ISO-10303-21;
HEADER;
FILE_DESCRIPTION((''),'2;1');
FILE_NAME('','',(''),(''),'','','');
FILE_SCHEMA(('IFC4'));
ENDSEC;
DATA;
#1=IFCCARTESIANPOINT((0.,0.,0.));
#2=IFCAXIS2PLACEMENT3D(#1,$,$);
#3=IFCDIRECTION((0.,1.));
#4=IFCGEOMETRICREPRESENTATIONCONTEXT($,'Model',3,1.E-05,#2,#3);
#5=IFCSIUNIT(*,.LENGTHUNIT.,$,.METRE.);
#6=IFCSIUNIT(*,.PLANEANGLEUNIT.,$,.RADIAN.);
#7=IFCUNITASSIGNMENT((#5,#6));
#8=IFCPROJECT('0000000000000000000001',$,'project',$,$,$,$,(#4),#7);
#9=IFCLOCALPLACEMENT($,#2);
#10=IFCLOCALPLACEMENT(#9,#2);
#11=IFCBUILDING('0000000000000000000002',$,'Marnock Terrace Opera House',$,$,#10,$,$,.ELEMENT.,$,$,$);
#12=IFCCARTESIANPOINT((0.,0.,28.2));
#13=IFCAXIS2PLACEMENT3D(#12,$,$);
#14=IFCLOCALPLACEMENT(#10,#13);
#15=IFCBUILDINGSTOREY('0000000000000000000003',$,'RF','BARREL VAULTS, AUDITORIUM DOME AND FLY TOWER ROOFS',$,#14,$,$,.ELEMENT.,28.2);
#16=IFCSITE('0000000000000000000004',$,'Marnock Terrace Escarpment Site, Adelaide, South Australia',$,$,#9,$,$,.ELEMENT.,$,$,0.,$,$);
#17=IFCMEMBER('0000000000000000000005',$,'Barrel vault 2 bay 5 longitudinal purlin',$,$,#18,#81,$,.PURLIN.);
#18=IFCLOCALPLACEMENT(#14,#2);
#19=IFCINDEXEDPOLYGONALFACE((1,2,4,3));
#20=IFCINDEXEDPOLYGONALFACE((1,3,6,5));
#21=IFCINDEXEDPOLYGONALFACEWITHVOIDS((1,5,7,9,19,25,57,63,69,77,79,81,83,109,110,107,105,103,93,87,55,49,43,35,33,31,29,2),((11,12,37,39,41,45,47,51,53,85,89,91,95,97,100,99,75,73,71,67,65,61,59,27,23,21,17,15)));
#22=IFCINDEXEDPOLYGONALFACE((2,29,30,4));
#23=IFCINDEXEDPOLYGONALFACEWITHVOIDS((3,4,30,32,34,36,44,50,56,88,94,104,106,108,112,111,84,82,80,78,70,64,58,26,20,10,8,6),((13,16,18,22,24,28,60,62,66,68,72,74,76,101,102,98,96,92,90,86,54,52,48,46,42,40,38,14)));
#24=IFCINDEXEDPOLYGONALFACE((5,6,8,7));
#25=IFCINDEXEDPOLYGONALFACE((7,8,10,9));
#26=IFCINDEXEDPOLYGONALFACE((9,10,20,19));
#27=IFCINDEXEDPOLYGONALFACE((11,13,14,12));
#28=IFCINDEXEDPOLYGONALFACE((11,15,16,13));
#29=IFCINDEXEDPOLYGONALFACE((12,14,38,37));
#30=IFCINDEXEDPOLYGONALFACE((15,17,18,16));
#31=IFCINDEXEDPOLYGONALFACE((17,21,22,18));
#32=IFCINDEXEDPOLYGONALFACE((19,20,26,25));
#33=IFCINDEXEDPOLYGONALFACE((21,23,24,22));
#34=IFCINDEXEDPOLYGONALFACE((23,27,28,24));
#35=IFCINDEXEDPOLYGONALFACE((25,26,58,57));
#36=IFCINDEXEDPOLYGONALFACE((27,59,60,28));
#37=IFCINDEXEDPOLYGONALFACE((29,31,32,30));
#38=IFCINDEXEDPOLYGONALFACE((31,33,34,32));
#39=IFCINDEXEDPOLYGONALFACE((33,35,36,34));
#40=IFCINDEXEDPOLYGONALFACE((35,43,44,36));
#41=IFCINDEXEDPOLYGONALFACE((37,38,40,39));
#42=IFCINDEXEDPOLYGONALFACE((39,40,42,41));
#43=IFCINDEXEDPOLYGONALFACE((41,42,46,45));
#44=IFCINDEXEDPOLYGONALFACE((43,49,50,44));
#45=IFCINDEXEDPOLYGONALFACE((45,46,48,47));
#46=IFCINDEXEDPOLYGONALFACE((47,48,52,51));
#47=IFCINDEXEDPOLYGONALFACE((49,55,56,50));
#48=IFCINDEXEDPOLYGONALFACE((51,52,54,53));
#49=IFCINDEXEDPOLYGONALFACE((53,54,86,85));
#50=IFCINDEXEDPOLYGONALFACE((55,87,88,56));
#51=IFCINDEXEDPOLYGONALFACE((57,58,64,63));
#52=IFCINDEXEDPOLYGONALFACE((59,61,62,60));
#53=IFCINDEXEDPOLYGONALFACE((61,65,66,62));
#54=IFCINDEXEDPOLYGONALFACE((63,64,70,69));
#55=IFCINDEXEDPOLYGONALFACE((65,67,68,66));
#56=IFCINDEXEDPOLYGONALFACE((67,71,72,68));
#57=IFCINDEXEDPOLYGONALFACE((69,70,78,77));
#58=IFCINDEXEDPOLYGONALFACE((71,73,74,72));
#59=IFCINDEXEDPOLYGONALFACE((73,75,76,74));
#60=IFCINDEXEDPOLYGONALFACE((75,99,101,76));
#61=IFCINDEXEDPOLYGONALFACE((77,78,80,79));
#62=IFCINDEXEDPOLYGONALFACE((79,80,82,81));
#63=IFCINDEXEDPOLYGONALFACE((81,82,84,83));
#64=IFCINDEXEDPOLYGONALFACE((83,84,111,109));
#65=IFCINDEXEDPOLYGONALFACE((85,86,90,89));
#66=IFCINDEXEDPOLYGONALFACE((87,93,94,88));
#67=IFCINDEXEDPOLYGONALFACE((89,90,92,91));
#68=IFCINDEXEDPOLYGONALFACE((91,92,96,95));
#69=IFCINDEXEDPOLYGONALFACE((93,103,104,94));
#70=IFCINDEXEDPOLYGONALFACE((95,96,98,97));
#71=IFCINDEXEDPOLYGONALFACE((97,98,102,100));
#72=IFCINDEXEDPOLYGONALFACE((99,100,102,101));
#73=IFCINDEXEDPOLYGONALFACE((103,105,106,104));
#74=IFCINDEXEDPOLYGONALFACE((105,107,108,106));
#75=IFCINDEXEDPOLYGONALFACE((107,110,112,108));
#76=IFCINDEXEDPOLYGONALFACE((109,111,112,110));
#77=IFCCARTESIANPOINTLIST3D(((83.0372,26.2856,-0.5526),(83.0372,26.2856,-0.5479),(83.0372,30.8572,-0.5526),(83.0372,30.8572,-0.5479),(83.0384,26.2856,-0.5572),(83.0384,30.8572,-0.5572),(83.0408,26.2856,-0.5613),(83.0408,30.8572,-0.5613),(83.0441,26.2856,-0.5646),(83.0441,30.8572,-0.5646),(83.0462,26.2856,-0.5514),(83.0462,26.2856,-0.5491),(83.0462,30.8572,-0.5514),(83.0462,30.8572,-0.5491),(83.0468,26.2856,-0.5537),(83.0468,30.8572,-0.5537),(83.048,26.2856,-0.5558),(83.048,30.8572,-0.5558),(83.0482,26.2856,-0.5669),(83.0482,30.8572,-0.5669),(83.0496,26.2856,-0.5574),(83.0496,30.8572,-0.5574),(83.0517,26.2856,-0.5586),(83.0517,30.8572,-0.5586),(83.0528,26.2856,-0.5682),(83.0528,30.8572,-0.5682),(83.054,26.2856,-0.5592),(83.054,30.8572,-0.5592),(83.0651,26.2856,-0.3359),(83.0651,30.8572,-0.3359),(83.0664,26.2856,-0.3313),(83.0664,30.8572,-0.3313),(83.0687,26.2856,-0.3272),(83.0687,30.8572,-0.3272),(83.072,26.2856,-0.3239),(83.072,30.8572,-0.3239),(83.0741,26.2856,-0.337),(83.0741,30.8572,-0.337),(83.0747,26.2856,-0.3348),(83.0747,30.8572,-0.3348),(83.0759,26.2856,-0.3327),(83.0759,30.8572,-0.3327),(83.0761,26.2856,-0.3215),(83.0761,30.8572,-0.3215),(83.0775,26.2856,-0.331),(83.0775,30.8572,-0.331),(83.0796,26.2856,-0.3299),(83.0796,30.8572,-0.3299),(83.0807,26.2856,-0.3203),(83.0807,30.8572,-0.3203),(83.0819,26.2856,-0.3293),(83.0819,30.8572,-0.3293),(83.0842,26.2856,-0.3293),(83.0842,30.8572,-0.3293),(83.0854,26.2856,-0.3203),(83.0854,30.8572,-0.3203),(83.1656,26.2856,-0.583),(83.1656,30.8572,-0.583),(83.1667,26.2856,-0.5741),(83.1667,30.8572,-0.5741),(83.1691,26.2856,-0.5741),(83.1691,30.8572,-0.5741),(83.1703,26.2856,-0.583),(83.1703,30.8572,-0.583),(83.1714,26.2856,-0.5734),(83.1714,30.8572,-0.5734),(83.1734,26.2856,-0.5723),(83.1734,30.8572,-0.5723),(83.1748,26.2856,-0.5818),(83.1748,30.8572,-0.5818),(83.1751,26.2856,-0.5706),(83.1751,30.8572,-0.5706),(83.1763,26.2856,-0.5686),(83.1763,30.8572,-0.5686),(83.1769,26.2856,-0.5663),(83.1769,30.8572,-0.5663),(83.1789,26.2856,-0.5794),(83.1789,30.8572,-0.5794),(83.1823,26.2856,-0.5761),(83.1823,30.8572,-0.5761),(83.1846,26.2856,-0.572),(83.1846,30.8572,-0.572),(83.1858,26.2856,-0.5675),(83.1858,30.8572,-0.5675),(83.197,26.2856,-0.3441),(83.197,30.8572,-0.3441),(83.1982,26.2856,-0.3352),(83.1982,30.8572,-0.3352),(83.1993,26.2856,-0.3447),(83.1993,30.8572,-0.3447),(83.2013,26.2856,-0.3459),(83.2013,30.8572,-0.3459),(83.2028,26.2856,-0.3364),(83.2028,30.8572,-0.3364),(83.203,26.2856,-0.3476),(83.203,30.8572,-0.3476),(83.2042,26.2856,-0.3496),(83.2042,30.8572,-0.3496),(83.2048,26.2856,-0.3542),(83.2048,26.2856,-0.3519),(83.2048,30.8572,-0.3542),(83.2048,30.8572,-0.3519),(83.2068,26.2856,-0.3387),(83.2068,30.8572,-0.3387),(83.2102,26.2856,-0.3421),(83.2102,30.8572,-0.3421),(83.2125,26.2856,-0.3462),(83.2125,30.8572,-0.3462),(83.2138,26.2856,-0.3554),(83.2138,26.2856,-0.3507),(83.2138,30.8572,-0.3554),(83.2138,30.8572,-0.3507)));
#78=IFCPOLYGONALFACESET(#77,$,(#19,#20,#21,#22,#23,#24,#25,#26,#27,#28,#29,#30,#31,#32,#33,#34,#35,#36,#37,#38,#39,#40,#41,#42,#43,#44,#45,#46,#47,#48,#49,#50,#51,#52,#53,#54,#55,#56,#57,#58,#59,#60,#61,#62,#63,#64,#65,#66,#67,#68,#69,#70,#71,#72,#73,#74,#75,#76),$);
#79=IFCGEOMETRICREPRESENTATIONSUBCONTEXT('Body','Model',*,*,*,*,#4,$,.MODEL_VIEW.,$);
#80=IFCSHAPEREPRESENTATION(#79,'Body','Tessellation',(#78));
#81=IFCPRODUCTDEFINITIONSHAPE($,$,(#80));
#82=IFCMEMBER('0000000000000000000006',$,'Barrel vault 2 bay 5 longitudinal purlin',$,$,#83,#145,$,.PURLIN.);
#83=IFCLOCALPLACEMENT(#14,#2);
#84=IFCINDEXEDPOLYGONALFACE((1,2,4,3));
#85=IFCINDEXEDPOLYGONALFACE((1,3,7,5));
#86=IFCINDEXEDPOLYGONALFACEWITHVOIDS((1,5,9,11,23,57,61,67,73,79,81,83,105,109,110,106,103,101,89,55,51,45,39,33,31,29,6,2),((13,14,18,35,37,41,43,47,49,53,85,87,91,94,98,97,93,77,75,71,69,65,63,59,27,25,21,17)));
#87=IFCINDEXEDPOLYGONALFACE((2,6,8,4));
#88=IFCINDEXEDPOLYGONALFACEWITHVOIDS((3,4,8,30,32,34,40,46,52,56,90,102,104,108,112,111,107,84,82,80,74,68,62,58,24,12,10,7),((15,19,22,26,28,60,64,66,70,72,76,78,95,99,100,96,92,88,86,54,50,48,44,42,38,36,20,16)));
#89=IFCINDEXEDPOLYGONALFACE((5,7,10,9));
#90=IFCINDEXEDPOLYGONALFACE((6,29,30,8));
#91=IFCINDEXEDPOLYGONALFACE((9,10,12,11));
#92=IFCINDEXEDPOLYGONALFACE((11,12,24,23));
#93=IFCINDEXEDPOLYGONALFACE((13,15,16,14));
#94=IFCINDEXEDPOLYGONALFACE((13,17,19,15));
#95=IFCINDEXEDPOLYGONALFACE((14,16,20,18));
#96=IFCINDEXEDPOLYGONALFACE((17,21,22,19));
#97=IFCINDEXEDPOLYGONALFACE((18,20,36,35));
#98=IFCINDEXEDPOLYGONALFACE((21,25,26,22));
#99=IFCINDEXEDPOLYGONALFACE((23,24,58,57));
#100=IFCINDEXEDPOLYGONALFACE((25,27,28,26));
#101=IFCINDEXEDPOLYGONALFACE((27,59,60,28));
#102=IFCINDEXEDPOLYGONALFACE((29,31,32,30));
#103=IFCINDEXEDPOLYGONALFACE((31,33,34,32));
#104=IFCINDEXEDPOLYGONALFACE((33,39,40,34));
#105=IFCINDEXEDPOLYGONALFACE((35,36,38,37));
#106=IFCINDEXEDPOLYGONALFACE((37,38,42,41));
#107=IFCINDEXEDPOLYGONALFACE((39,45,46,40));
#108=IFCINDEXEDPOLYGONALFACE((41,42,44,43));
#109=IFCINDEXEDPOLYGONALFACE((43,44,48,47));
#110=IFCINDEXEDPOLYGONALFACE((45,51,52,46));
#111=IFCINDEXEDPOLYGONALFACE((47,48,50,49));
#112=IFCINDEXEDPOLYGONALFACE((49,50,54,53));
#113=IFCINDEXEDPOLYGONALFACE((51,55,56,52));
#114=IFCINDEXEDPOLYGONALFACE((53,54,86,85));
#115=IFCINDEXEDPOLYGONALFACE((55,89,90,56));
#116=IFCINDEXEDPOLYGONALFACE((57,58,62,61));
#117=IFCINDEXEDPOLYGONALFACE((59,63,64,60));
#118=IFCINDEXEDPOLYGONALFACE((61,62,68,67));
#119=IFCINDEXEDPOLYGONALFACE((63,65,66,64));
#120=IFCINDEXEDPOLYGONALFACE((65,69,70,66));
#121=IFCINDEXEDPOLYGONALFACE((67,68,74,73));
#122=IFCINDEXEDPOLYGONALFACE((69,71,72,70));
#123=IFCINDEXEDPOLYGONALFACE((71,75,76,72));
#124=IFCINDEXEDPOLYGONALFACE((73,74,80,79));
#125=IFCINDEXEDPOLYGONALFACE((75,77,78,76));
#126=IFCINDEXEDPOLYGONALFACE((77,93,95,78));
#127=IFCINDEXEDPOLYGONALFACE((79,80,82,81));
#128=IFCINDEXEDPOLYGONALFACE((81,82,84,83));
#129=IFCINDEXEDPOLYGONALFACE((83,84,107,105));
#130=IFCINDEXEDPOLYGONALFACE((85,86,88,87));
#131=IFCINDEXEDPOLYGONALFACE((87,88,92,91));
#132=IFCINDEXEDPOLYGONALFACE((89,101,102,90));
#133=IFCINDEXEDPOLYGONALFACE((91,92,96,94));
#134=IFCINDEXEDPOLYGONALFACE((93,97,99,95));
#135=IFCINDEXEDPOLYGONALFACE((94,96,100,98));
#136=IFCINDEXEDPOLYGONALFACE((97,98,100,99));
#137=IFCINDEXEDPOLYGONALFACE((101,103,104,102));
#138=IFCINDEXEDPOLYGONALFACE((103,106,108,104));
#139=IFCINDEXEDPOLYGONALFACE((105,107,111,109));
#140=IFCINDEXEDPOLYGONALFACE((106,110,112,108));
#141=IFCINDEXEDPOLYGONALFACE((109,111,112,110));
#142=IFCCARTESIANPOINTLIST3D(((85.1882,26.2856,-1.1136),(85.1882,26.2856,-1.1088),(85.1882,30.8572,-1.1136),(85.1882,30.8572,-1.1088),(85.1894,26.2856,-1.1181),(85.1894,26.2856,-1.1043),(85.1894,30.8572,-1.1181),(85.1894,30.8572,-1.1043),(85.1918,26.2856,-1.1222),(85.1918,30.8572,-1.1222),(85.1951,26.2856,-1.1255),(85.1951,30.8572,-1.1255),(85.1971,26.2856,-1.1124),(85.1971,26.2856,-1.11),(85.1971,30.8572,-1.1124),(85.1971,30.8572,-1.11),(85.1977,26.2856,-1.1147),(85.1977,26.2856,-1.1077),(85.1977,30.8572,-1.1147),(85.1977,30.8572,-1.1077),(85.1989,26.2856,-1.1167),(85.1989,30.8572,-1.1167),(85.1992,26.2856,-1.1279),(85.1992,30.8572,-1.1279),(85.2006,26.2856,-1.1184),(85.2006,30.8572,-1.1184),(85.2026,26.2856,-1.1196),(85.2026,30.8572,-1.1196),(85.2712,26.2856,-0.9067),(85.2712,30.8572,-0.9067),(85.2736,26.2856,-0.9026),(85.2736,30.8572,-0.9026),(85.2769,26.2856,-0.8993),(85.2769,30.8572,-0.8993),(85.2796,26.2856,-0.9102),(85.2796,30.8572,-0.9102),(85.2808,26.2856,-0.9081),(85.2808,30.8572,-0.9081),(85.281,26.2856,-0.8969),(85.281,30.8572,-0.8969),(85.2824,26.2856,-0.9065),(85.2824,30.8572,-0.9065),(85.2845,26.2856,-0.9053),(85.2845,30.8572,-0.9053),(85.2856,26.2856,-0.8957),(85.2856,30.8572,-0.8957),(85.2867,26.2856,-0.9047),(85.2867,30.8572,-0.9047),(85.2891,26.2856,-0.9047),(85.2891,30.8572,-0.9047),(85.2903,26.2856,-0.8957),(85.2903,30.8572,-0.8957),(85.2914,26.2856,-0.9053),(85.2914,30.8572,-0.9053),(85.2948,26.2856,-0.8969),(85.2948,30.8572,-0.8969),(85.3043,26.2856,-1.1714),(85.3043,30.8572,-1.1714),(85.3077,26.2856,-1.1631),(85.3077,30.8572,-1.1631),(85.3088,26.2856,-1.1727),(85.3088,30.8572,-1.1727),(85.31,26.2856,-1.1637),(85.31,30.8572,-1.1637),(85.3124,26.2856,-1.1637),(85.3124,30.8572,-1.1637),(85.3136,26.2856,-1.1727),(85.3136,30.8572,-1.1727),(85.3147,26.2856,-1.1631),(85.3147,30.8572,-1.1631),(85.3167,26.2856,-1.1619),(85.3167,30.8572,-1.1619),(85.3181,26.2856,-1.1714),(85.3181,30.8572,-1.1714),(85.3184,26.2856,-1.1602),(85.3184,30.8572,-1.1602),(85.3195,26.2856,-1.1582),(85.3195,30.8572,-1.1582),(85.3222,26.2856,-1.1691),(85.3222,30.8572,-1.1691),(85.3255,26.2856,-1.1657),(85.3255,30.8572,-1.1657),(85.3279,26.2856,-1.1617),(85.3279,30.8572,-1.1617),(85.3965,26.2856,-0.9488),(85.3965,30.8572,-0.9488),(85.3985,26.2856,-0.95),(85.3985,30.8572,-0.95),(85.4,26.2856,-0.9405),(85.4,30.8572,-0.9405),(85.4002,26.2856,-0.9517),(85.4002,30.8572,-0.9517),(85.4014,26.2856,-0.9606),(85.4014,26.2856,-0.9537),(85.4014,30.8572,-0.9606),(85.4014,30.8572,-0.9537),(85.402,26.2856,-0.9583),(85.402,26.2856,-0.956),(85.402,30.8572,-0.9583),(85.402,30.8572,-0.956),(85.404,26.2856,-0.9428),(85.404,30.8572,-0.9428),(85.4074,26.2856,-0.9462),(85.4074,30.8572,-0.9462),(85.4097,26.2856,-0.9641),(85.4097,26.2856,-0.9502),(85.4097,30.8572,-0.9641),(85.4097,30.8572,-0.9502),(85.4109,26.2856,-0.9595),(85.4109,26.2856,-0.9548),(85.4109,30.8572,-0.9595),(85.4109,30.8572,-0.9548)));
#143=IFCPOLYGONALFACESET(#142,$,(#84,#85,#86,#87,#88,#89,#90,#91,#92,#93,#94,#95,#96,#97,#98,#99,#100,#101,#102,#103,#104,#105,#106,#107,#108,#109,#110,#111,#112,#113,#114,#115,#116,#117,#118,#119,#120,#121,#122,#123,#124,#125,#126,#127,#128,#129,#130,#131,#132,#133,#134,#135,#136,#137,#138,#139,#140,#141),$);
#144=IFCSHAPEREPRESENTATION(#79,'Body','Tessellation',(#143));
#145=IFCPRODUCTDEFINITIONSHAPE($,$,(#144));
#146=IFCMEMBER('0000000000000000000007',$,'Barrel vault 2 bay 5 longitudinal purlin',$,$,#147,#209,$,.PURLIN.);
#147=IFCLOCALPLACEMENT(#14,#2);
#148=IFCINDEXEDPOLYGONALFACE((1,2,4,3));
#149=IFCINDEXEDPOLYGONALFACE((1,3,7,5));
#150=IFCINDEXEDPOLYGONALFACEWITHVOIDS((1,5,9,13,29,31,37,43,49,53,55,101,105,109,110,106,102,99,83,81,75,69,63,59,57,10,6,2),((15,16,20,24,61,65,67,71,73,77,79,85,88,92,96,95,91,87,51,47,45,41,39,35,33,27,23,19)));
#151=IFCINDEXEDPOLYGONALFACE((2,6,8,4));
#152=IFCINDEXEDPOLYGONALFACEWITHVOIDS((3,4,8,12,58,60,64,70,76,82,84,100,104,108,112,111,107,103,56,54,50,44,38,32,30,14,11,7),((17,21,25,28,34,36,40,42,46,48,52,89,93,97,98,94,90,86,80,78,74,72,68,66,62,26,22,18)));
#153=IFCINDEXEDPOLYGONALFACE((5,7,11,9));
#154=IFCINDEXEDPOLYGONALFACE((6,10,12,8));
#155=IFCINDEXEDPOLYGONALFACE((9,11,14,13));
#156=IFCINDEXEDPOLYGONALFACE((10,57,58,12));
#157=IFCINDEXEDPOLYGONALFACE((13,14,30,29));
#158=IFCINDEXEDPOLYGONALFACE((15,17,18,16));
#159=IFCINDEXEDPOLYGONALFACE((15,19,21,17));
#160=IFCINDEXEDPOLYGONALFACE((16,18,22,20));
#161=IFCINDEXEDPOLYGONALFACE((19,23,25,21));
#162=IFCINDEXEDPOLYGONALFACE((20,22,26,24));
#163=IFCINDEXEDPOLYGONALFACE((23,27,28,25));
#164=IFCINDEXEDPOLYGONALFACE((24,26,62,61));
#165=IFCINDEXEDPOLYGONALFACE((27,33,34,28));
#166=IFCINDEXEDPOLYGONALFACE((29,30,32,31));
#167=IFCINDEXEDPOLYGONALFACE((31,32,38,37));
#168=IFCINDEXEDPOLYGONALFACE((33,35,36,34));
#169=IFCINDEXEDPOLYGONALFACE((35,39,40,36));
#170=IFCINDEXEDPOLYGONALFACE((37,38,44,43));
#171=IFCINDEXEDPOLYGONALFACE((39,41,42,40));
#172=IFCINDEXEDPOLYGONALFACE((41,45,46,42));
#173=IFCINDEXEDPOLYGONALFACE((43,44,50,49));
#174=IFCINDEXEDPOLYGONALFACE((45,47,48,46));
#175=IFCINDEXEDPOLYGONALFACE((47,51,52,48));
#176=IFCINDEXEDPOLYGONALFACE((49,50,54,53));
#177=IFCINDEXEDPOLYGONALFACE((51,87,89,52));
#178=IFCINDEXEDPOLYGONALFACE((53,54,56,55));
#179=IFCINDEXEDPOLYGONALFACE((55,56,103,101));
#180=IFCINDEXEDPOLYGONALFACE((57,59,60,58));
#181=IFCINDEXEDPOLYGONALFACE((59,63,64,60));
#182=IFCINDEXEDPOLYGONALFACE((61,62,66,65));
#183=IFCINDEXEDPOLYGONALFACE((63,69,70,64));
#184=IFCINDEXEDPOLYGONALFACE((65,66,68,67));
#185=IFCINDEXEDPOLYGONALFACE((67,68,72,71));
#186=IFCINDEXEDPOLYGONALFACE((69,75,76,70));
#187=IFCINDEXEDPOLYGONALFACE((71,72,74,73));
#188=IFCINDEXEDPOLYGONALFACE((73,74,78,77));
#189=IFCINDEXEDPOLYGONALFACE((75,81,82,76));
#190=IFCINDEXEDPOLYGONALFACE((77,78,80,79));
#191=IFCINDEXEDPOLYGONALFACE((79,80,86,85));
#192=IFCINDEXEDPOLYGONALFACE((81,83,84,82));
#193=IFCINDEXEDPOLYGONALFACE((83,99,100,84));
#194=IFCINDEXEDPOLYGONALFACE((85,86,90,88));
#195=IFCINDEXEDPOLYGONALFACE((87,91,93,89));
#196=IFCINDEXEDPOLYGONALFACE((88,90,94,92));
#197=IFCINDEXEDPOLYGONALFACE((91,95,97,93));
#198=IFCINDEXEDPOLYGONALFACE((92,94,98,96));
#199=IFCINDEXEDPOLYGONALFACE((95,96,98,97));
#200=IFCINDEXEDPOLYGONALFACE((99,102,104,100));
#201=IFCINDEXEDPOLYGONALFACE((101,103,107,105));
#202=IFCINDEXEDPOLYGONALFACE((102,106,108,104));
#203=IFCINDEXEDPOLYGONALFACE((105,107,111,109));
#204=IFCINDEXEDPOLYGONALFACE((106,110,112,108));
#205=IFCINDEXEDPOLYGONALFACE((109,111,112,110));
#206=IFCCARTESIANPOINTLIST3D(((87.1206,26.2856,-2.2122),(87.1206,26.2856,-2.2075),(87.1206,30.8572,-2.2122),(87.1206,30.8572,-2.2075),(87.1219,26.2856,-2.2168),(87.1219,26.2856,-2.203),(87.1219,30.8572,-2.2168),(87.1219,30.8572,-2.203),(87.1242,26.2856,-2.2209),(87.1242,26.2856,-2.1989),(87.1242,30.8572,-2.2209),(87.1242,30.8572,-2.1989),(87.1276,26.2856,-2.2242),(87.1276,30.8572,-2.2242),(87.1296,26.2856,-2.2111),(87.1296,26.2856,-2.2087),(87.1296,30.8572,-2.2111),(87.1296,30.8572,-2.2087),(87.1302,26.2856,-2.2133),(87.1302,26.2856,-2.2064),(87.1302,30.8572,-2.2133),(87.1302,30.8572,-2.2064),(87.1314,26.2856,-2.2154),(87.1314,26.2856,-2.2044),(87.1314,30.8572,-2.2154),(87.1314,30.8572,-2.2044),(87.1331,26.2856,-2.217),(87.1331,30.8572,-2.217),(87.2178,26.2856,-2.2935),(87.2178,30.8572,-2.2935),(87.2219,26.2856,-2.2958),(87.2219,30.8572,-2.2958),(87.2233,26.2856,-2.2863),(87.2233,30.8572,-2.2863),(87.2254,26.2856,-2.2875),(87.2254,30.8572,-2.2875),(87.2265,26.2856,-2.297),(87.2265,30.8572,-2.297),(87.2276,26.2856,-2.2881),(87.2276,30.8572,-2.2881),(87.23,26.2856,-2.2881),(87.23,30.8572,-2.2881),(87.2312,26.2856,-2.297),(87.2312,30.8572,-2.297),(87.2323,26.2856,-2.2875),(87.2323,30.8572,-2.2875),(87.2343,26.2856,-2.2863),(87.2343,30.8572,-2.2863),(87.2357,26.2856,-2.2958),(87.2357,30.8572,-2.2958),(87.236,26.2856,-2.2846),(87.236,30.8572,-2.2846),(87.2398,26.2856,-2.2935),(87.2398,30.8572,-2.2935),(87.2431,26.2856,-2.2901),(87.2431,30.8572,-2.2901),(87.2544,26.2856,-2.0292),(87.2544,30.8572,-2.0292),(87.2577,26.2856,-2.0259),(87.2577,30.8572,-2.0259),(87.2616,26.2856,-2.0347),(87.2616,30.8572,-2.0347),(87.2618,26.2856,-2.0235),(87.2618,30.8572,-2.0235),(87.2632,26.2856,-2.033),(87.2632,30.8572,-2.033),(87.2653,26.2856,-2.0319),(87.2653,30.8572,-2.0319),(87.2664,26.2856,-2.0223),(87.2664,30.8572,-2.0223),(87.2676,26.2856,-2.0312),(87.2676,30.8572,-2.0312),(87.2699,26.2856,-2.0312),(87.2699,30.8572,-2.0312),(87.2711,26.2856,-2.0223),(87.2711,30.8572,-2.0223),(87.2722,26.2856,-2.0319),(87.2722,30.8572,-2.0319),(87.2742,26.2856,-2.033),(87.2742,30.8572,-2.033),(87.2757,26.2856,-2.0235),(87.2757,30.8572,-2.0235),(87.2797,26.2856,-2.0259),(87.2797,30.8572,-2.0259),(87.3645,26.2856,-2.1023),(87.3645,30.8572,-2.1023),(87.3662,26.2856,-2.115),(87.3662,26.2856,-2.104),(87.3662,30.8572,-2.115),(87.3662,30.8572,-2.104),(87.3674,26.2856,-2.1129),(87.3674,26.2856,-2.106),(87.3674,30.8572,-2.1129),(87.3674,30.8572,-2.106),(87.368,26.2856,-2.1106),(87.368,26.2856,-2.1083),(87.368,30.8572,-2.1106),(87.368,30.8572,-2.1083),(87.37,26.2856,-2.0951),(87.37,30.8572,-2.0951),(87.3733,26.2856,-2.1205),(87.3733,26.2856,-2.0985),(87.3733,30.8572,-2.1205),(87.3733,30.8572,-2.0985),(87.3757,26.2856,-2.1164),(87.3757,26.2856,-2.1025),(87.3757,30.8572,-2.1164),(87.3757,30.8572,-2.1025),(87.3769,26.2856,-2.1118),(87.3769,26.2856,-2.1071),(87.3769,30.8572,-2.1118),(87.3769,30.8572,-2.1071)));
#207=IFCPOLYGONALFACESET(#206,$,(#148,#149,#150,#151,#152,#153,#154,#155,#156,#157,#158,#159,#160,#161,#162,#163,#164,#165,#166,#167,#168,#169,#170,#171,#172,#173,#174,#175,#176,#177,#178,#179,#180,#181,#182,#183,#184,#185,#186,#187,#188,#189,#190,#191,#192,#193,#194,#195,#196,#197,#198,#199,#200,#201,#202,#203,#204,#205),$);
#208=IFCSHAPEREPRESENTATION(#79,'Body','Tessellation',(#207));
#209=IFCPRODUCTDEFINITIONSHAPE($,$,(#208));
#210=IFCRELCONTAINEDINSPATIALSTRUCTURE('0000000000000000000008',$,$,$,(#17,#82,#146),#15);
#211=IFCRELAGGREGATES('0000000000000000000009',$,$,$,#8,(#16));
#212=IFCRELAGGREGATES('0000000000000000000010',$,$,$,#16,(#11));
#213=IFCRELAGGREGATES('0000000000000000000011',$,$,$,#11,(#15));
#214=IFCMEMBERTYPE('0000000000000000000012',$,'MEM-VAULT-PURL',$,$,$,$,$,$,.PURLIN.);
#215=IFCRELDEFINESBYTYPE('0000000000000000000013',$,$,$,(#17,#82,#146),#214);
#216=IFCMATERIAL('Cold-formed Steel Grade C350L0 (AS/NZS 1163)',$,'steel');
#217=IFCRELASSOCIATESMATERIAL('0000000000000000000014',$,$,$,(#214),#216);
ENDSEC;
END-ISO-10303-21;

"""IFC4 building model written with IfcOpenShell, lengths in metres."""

from ifc_helpers import new_model, si_unit, direction, frame, origin, origin_2d, place, context, subcontext, project, spatial, hollow_rectangle, extrude, material, material_profile, profile_set, type_object, element, save


model = new_model("IFC4")

# Units and contexts
model_context = context("Model", 3, precision=1e-05, world=origin(), true_north=direction((0.0, 1.0)))
body_context = subcontext(model_context, "Body", "Model", "MODEL_VIEW")
ifc_project = project(units=[si_unit("LENGTHUNIT", "METRE"), si_unit("PLANEANGLEUNIT", "RADIAN")], contexts=[model_context])

# Site, building, storey
site_placement = place(None, origin())
site = spatial("IfcSite", under=ifc_project, at=site_placement, Name="Marnock Terrace Escarpment Site, Adelaide, South Australia", CompositionType="ELEMENT", RefElevation=0.0)
building_placement = place(site_placement, origin())
building = spatial("IfcBuilding", under=site, at=building_placement, Name="Marnock Terrace Opera House", CompositionType="ELEMENT")
storey_placement = place(building_placement, frame((0.0, 0.0, 28.2)))
storey = spatial("IfcBuildingStorey", under=building, at=storey_placement, Name="RF", Description="BARREL VAULTS, AUDITORIUM DOME AND FLY TOWER ROOFS", CompositionType="ELEMENT", Elevation=28.2)

# Members
ifc_material = material(Name="Cold-formed Steel Grade C350L0 (AS/NZS 1163)", Category="steel")
ifc_material_profile_1 = material_profile(ifc_material, hollow_rectangle(XDim=0.1499, YDim=0.25, WallThickness=0.009, InnerFilletRadius=0.009, OuterFilletRadius=0.0181, at=origin_2d()))
ifc_profile_set_1 = profile_set([ifc_material_profile_1], Name="Cold-formed Steel Grade C350L0 (AS/NZS 1163)")
member_type_1 = type_object("IfcMemberType", Name="MEM-VAULT-PURL", PredefinedType="PURLIN", material=ifc_profile_set_1)
for number, where, z_axis, x_axis, name in (
    (1, (83.1255, 26.2856, -0.4517), (0.0, 1.0, 0.0), (-0.991445, 0.0, 0.130526), "Barrel vault 2 bay 5 longitudinal purlin"),
    (2, (85.2996, 26.2856, -1.0342), (0.0, 1.0, 0.0), (-0.92388, 0.0, 0.382683), "Barrel vault 2 bay 5 longitudinal purlin"),
    (3, (87.2488, 26.2856, -2.1597), (0.0, 1.0, 0.0), (-0.793353, 0.0, 0.608761), "Barrel vault 2 bay 5 longitudinal purlin"),
):
    element("IfcMember", number, at=place(storey_placement, frame(where, z_axis=z_axis, x_axis=x_axis)), inside=storey, type_object=member_type_1, Name=name, PredefinedType="PURLIN", context=body_context, shape_type="SweptSolid", body=[
        extrude(hollow_rectangle(XDim=0.1499, YDim=0.25, WallThickness=0.009, InnerFilletRadius=0.009, OuterFilletRadius=0.0181, at=origin_2d()), origin(), (0.0, 0.0, 1.0), 4.5715),
    ])

save(model, "model.ifc")
